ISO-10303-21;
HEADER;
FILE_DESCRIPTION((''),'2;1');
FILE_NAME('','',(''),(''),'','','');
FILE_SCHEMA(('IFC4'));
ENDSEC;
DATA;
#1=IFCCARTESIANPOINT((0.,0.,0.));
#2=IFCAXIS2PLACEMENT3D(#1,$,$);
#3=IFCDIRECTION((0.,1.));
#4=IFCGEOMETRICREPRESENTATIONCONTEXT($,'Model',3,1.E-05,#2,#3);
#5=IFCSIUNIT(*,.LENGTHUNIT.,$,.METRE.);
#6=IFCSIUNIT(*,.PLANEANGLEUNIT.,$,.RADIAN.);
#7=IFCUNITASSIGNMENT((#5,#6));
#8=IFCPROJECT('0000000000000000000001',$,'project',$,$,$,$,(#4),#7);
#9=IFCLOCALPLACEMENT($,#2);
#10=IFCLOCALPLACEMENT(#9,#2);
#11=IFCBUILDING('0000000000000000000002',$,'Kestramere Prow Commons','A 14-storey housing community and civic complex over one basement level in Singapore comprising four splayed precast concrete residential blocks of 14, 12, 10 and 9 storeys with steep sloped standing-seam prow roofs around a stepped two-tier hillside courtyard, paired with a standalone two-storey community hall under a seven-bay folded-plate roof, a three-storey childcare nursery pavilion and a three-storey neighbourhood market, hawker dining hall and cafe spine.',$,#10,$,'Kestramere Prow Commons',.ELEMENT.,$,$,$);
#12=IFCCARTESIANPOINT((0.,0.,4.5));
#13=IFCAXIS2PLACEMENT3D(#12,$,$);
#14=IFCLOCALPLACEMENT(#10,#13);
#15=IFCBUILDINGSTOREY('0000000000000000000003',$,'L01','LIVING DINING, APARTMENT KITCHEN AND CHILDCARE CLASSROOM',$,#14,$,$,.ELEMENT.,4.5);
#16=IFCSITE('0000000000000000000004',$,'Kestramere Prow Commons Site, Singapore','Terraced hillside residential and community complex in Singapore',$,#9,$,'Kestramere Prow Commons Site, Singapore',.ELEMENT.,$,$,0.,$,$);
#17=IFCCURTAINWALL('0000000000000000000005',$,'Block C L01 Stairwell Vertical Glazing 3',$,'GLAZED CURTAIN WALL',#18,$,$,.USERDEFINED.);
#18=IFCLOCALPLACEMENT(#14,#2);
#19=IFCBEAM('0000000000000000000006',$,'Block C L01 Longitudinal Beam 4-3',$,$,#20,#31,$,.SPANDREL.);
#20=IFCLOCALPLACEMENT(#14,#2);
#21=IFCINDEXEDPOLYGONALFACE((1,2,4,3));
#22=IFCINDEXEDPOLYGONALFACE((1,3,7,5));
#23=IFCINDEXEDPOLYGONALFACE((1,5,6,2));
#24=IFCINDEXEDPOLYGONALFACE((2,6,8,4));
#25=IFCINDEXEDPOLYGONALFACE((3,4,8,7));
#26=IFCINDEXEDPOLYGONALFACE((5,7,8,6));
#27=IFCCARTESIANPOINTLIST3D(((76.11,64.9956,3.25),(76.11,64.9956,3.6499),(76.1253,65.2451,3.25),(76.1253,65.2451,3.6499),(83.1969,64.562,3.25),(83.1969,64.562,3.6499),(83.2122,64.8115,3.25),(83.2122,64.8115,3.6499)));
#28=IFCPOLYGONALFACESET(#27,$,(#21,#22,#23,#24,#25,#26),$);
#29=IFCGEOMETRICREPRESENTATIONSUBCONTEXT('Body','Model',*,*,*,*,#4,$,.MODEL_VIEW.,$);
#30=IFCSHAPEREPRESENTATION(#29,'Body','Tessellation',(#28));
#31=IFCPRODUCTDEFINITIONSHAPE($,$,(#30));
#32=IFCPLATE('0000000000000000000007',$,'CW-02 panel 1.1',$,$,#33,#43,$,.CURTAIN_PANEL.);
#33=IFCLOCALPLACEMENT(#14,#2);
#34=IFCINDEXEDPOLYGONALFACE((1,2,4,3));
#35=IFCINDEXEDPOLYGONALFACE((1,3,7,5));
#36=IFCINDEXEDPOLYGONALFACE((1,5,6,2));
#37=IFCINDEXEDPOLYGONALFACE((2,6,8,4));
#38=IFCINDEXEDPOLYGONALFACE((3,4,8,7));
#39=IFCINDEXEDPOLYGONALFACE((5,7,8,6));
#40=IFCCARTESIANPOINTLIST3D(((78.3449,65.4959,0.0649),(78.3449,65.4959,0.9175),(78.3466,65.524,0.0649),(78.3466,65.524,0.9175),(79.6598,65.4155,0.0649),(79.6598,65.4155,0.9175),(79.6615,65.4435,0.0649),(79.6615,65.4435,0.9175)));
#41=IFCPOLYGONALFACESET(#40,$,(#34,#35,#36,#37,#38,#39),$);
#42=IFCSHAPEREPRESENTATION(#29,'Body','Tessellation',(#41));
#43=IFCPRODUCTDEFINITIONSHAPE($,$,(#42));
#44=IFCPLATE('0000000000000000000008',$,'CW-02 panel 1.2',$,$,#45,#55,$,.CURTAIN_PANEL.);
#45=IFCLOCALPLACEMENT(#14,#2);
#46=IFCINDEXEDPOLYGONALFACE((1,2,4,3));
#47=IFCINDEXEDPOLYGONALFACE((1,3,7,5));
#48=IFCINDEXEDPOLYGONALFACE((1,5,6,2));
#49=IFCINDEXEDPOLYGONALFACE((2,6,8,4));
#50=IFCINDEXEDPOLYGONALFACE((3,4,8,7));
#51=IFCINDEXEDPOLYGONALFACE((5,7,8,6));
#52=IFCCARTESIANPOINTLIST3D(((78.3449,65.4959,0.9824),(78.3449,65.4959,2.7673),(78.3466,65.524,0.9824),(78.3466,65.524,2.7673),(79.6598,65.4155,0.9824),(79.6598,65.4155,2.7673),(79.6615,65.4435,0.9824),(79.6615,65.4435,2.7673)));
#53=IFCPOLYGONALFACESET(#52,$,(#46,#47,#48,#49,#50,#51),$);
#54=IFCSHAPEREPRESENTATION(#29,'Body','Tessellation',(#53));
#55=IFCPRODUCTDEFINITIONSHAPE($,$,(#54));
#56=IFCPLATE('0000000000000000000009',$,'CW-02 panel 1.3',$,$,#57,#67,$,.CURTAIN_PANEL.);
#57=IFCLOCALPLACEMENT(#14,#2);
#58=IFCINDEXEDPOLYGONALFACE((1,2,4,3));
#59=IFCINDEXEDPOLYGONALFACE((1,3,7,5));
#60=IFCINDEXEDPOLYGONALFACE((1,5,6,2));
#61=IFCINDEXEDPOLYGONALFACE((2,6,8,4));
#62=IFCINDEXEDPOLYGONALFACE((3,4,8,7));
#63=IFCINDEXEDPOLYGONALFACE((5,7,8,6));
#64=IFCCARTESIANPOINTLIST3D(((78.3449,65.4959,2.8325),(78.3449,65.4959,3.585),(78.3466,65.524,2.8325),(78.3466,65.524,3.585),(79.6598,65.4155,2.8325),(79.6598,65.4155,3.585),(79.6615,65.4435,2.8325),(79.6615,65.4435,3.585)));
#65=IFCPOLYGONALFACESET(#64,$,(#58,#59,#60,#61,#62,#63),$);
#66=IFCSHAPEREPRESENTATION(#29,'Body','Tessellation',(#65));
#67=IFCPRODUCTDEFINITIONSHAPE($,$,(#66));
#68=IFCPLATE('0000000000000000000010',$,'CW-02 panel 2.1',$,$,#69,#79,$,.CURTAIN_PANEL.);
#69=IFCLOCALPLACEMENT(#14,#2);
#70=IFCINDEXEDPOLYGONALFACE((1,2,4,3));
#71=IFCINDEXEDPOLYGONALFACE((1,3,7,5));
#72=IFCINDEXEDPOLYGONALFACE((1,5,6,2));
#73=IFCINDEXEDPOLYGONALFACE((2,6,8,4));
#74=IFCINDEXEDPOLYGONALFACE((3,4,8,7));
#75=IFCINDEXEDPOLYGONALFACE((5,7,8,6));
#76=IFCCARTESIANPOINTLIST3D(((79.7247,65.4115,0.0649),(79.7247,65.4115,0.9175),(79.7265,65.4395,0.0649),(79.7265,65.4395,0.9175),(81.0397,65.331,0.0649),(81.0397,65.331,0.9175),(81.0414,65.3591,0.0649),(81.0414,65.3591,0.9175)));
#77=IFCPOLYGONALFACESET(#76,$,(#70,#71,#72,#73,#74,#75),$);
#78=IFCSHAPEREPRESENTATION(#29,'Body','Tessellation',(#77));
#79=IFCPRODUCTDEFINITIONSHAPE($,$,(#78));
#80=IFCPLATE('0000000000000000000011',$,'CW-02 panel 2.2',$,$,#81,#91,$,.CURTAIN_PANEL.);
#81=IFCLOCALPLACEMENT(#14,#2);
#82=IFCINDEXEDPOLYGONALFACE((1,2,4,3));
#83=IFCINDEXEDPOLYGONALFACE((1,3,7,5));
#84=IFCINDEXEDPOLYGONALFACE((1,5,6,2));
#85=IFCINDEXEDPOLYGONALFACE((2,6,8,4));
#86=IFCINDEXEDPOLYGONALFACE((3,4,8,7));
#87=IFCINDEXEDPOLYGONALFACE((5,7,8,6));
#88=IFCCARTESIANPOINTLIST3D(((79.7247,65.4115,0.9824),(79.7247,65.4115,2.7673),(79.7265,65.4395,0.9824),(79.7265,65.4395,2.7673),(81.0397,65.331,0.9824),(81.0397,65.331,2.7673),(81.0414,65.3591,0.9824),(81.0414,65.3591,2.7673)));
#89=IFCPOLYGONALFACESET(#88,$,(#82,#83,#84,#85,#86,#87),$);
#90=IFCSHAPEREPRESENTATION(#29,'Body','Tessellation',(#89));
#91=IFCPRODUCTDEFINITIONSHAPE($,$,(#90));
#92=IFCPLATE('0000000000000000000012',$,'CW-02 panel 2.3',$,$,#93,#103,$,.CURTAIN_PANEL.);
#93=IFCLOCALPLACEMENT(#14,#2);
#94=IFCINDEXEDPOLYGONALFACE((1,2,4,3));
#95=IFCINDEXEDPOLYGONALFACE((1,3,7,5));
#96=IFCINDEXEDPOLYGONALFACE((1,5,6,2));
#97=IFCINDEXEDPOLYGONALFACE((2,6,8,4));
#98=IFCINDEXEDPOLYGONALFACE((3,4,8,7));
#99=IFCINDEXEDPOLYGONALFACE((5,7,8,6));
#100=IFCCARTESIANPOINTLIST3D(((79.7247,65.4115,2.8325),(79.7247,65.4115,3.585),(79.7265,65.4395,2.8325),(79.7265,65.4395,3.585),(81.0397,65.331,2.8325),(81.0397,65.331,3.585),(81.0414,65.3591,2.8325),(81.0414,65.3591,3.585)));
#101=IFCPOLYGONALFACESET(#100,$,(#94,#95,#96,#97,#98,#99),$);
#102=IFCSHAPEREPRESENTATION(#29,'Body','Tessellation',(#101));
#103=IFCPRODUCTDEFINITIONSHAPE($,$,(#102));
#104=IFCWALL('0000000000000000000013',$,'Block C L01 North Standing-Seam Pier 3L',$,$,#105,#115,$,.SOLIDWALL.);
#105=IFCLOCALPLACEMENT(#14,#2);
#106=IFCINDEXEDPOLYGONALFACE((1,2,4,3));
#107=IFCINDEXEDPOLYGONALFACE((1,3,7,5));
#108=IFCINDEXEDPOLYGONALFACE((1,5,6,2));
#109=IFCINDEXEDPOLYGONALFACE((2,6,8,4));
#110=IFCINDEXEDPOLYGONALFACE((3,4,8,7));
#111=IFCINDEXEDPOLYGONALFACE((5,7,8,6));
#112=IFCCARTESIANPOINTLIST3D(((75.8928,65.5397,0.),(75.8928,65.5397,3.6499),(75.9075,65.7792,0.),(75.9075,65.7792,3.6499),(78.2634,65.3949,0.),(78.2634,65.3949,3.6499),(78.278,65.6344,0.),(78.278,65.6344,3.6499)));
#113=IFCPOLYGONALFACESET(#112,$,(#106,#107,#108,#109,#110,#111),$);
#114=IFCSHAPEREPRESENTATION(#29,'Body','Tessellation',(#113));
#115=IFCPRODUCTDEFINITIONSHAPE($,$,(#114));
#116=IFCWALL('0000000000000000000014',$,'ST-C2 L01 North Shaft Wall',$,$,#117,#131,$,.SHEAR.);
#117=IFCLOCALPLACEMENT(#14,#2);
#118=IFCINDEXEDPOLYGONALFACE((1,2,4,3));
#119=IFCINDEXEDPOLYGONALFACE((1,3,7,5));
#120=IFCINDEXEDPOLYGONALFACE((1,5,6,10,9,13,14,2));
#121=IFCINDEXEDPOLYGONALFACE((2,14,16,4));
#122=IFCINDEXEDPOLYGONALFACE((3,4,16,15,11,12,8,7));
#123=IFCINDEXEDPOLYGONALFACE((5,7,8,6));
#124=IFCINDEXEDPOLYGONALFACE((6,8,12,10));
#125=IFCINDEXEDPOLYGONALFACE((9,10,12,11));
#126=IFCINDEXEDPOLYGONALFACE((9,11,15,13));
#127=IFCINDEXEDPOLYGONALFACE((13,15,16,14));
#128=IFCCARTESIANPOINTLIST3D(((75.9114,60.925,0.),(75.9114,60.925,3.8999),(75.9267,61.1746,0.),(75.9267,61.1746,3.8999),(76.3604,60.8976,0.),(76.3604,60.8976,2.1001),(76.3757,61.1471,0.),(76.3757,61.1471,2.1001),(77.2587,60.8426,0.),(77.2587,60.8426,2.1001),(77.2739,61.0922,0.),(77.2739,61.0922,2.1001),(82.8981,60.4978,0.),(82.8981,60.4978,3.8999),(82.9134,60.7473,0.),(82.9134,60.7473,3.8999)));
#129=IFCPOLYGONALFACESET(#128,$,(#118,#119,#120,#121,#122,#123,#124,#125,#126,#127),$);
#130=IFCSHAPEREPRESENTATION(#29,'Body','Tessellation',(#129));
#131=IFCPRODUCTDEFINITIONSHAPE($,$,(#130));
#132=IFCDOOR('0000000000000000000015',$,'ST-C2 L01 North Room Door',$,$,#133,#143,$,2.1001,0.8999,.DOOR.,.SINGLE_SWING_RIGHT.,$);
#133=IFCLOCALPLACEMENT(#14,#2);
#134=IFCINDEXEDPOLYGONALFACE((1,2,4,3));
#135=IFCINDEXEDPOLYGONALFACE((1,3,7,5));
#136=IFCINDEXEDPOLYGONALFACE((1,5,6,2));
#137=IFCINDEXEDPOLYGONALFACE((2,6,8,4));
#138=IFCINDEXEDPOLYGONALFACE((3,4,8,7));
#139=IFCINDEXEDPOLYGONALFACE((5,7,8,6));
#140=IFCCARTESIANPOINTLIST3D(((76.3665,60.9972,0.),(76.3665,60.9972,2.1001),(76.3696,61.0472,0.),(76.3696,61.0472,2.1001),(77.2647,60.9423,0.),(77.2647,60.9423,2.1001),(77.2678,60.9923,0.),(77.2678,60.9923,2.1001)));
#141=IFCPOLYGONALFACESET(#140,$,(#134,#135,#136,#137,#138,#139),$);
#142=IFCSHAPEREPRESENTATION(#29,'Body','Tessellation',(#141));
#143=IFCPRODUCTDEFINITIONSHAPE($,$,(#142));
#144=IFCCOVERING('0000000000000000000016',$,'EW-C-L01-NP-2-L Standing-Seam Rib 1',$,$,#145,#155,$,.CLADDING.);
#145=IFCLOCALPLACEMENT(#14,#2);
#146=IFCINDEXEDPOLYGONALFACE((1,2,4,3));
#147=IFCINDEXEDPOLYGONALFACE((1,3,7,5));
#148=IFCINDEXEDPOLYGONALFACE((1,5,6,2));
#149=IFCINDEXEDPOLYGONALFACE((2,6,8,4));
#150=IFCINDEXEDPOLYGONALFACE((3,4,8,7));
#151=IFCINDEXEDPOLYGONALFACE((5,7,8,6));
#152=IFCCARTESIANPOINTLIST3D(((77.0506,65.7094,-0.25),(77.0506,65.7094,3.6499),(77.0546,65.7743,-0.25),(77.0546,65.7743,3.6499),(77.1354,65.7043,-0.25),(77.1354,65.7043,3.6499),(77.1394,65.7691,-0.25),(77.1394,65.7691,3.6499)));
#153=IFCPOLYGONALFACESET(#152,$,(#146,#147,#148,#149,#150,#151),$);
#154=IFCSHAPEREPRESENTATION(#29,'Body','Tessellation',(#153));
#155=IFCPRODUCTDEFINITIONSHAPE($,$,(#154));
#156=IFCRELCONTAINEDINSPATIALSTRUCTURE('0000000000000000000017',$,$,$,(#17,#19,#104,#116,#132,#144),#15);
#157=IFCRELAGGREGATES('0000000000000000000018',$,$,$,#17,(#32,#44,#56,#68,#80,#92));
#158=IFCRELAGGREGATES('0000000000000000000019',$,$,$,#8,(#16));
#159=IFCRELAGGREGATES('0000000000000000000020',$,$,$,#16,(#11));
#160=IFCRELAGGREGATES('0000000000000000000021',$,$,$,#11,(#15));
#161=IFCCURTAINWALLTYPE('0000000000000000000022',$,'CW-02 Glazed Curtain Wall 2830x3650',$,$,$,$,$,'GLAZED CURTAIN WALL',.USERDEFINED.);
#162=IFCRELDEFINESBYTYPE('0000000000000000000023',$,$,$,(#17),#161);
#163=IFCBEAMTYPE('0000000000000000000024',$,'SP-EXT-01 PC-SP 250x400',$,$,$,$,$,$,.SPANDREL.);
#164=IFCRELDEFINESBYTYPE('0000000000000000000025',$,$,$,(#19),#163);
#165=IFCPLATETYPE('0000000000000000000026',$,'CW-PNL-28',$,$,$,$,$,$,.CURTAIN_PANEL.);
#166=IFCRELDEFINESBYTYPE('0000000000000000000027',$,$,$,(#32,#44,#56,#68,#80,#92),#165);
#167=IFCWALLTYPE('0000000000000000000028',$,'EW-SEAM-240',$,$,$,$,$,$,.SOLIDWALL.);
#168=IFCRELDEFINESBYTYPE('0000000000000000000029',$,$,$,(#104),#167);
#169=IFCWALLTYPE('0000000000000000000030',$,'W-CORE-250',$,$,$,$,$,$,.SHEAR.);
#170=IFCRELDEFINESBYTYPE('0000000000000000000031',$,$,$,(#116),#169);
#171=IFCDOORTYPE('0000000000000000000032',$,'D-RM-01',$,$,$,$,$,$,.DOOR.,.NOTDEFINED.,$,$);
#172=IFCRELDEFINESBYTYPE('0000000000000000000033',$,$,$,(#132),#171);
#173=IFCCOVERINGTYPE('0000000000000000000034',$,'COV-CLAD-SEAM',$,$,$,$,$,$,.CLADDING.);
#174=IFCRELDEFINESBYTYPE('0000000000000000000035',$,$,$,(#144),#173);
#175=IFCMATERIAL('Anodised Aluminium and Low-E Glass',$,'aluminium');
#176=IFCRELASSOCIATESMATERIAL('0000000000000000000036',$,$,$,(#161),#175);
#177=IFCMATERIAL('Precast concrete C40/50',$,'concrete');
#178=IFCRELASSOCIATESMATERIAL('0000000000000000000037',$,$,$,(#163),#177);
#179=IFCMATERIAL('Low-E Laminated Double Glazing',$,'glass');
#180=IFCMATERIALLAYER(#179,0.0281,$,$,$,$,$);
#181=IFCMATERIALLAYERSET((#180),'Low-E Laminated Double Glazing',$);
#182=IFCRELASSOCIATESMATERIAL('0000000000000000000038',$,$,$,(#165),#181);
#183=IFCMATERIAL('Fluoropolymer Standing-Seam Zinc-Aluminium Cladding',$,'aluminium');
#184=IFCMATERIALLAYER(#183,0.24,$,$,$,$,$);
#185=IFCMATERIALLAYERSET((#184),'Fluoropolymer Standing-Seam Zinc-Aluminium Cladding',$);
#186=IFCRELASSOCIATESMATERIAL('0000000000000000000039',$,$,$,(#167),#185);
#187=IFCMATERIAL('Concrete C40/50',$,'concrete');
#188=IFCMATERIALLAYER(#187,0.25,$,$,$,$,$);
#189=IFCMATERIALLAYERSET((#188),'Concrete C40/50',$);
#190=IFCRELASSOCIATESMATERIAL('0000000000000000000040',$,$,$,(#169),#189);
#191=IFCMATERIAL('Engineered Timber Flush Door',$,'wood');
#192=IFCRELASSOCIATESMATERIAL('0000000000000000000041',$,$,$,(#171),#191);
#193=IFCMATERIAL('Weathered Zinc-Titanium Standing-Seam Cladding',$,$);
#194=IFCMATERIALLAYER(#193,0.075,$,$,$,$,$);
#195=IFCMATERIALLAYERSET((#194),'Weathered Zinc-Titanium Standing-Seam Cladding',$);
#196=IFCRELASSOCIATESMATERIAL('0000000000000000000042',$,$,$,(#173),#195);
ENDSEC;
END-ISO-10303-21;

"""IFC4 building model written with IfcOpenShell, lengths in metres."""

from ifc_helpers import new_model, si_unit, direction, frame, frame_2d, origin, origin_2d, place, context, subcontext, project, spatial, rectangle, extrude, material, layer, layer_set, material_profile, profile_set, type_object, element, fill, aggregate, save


model = new_model("IFC4")

# Units and contexts
model_context = context("Model", 3, precision=1e-05, world=origin(), true_north=direction((0.0, 1.0)))
body_context = subcontext(model_context, "Body", "Model", "MODEL_VIEW")
ifc_project = project(units=[si_unit("LENGTHUNIT", "METRE"), si_unit("PLANEANGLEUNIT", "RADIAN")], contexts=[model_context])

# Site, building, storey
site_placement = place(None, origin())
site = spatial("IfcSite", under=ifc_project, at=site_placement, Name="Kestramere Prow Commons Site, Singapore", Description="Terraced hillside residential and community complex in Singapore", LongName="Kestramere Prow Commons Site, Singapore", CompositionType="ELEMENT", RefElevation=0.0)
building_placement = place(site_placement, origin())
building = spatial("IfcBuilding", under=site, at=building_placement, Name="Kestramere Prow Commons", Description="A 14-storey housing community and civic complex over one basement level in Singapore comprising four splayed precast concrete residential blocks of 14, 12, 10 and 9 storeys with steep sloped standing-seam prow roofs around a stepped two-tier hillside courtyard, paired with a standalone two-storey community hall under a seven-bay folded-plate roof, a three-storey childcare nursery pavilion and a three-storey neighbourhood market, hawker dining hall and cafe spine.", LongName="Kestramere Prow Commons", CompositionType="ELEMENT")
storey_placement = place(building_placement, frame((0.0, 0.0, 4.5)))
storey = spatial("IfcBuildingStorey", under=building, at=storey_placement, Name="L01", Description="LIVING DINING, APARTMENT KITCHEN AND CHILDCARE CLASSROOM", CompositionType="ELEMENT", Elevation=4.5)

# Shared definitions
ifc_material_1 = material(Name="Precast concrete C40/50", Category="concrete")

# Curtain wall
ifc_material_2 = material(Name="Anodised Aluminium and Low-E Glass", Category="aluminium")
curtain_wall_type = type_object("IfcCurtainWallType", Name="CW-02 Glazed Curtain Wall 2830x3650", ElementType="GLAZED CURTAIN WALL", PredefinedType="USERDEFINED", material=ifc_material_2)
curtain_wall_placement = place(storey_placement, origin())
curtain_wall = element("IfcCurtainWall", 1, at=curtain_wall_placement, inside=storey, type_object=curtain_wall_type, Name="Block C L01 Stairwell Vertical Glazing 3", ObjectType="GLAZED CURTAIN WALL", PredefinedType="USERDEFINED")

# Beam
ifc_material_profile_1 = material_profile(ifc_material_1, rectangle(XDim=0.25, YDim=0.3999, at=origin_2d()), Name="PC-SP 250x400")
ifc_profile_set_1 = profile_set([ifc_material_profile_1], Name="Precast concrete C40/50")
beam_type = type_object("IfcBeamType", Name="SP-EXT-01 PC-SP 250x400", PredefinedType="SPANDREL", material=ifc_profile_set_1)
beam_placement = place(storey_placement, frame((76.1177, 65.1204, 3.45), z_axis=(0.998134, -0.061068, 0.0), x_axis=(0.061068, 0.998134, 0.0)))
element("IfcBeam", 2, at=beam_placement, inside=storey, type_object=beam_type, Name="Block C L01 Longitudinal Beam 4-3", PredefinedType="SPANDREL", context=body_context, shape_type="SweptSolid", body=[
    extrude(rectangle(XDim=0.25, YDim=0.3999, at=origin_2d()), origin(), (0.0, 0.0, 1.0), 7.1001),
])

# Plates
ifc_material_3 = material(Name="Low-E Laminated Double Glazing", Category="glass")
ifc_layer_1 = layer(ifc_material_3, 0.0281)
ifc_layer_set_1 = layer_set([ifc_layer_1], Name="Low-E Laminated Double Glazing")
plate_type = type_object("IfcPlateType", Name="CW-PNL-28", PredefinedType="CURTAIN_PANEL", material=ifc_layer_set_1)
plate_1_placement = place(storey_placement, frame((79.0032, 65.4697, 0.0649), z_axis=(0.0, 0.0, 1.0), x_axis=(0.998135, -0.061048, 0.0)))
plate_1 = element("IfcPlate", 3, at=plate_1_placement, type_object=plate_type, Name="CW-02 panel 1.1", PredefinedType="CURTAIN_PANEL", context=body_context, shape_type="SweptSolid", body=[
    extrude(rectangle(XDim=1.3174, YDim=0.0281, at=origin_2d()), origin(), (0.0, 0.0, 1.0), 0.8525),
])
plate_2_placement = place(storey_placement, frame((79.0032, 65.4697, 0.9824), z_axis=(0.0, 0.0, 1.0), x_axis=(0.998135, -0.061048, 0.0)))
plate_2 = element("IfcPlate", 4, at=plate_2_placement, type_object=plate_type, Name="CW-02 panel 1.2", PredefinedType="CURTAIN_PANEL", context=body_context, shape_type="SweptSolid", body=[
    extrude(rectangle(XDim=1.3174, YDim=0.0281, at=origin_2d()), origin(), (0.0, 0.0, 1.0), 1.7849),
])
plate_3_placement = place(storey_placement, frame((79.0032, 65.4697, 2.8325), z_axis=(0.0, 0.0, 1.0), x_axis=(0.998135, -0.061048, 0.0)))
plate_3 = element("IfcPlate", 5, at=plate_3_placement, type_object=plate_type, Name="CW-02 panel 1.3", PredefinedType="CURTAIN_PANEL", context=body_context, shape_type="SweptSolid", body=[
    extrude(rectangle(XDim=1.3174, YDim=0.0281, at=origin_2d()), origin(), (0.0, 0.0, 1.0), 0.7524),
])
plate_4_placement = place(storey_placement, frame((80.3831, 65.3853, 0.0649), z_axis=(0.0, 0.0, 1.0), x_axis=(0.998135, -0.061048, 0.0)))
plate_4 = element("IfcPlate", 6, at=plate_4_placement, type_object=plate_type, Name="CW-02 panel 2.1", PredefinedType="CURTAIN_PANEL", context=body_context, shape_type="SweptSolid", body=[
    extrude(rectangle(XDim=1.3174, YDim=0.0281, at=origin_2d()), origin(), (0.0, 0.0, 1.0), 0.8525),
])
plate_5_placement = place(storey_placement, frame((80.3831, 65.3853, 0.9824), z_axis=(0.0, 0.0, 1.0), x_axis=(0.998135, -0.061048, 0.0)))
plate_5 = element("IfcPlate", 7, at=plate_5_placement, type_object=plate_type, Name="CW-02 panel 2.2", PredefinedType="CURTAIN_PANEL", context=body_context, shape_type="SweptSolid", body=[
    extrude(rectangle(XDim=1.3174, YDim=0.0281, at=origin_2d()), origin(), (0.0, 0.0, 1.0), 1.7849),
])
plate_6_placement = place(storey_placement, frame((80.3831, 65.3853, 2.8325), z_axis=(0.0, 0.0, 1.0), x_axis=(0.998135, -0.061048, 0.0)))
plate_6 = element("IfcPlate", 8, at=plate_6_placement, type_object=plate_type, Name="CW-02 panel 2.3", PredefinedType="CURTAIN_PANEL", context=body_context, shape_type="SweptSolid", body=[
    extrude(rectangle(XDim=1.3174, YDim=0.0281, at=origin_2d()), origin(), (0.0, 0.0, 1.0), 0.7524),
])
aggregate(curtain_wall, [plate_1, plate_2, plate_3, plate_4, plate_5, plate_6])

# Wall
ifc_material_4 = material(Name="Fluoropolymer Standing-Seam Zinc-Aluminium Cladding", Category="aluminium")
ifc_layer_2 = layer(ifc_material_4, 0.24)
ifc_layer_set_2 = layer_set([ifc_layer_2], Name="Fluoropolymer Standing-Seam Zinc-Aluminium Cladding")
wall_type_1 = type_object("IfcWallType", Name="EW-SEAM-240", PredefinedType="SOLIDWALL", material=ifc_layer_set_2)
wall_1_placement = place(storey_placement, frame((75.9001, 65.6594, 0.0), z_axis=(0.0, 0.0, 1.0), x_axis=(0.99814, -0.060957, 0.0)))
element("IfcWall", 9, at=wall_1_placement, inside=storey, type_object=wall_type_1, Name="Block C L01 North Standing-Seam Pier 3L", PredefinedType="SOLIDWALL", context=body_context, shape_type="SweptSolid", body=[
    extrude(rectangle(XDim=2.375, YDim=0.24, at=frame_2d((1.1875, 0.0))), origin(), (0.0, 0.0, 1.0), 3.6499),
])

# Wall, opening, door
ifc_material_5 = material(Name="Concrete C40/50", Category="concrete")
ifc_layer_3 = layer(ifc_material_5, 0.25)
ifc_layer_set_3 = layer_set([ifc_layer_3], Name="Concrete C40/50")
wall_type_2 = type_object("IfcWallType", Name="W-CORE-250", PredefinedType="SHEAR", material=ifc_layer_set_3)
wall_2_placement = place(storey_placement, frame((75.9189, 61.0498, 0.0), z_axis=(0.0, 0.0, 1.0), x_axis=(0.998136, -0.061036, 0.0)))
wall_2 = element("IfcWall", 10, at=wall_2_placement, inside=storey, type_object=wall_type_2, Name="ST-C2 L01 North Shaft Wall", PredefinedType="SHEAR", context=body_context, shape_type="SweptSolid", body=[
    extrude(rectangle(XDim=6.9998, YDim=0.25, at=frame_2d((3.5, 0.0))), origin(), (0.0, 0.0, 1.0), 3.8999),
])
opening_placement = place(wall_2_placement, frame((0.45, 0.0, 0.0)))
opening = element("IfcOpeningElement", 11, at=opening_placement, cuts=wall_2, PredefinedType="OPENING", context=body_context, shape_type="SweptSolid", body=[
    extrude(rectangle(XDim=0.8999, YDim=2.1001, at=frame_2d((0.45, 1.05))), frame((0.0, 0.1399, 0.0), z_axis=(0.0, -1.0, 0.0), x_axis=(1.0, 0.0, 0.0)), (0.0, 0.0, 1.0), 0.28),
])
ifc_material_6 = material(Name="Engineered Timber Flush Door", Category="wood")
door_type = type_object("IfcDoorType", Name="D-RM-01", OperationType="NOTDEFINED", PredefinedType="DOOR", material=ifc_material_6)
door_placement = place(opening_placement, origin())
door = element("IfcDoor", 12, at=door_placement, inside=storey, type_object=door_type, Name="ST-C2 L01 North Room Door", OperationType="SINGLE_SWING_RIGHT", OverallHeight=2.1001, OverallWidth=0.8999, PredefinedType="DOOR", context=body_context, shape_type="SweptSolid", body=[
    extrude(rectangle(XDim=0.8999, YDim=2.1001, at=frame_2d((0.45, 1.05))), frame((0.0, 0.0249, 0.0), z_axis=(0.0, -1.0, 0.0), x_axis=(1.0, 0.0, 0.0)), (0.0, 0.0, 1.0), 0.05),
])
fill(opening, door)

# Covering
ifc_material_7 = material(Name="Weathered Zinc-Titanium Standing-Seam Cladding")
ifc_layer_4 = layer(ifc_material_7, 0.075)
ifc_layer_set_4 = layer_set([ifc_layer_4], Name="Weathered Zinc-Titanium Standing-Seam Cladding")
covering_type = type_object("IfcCoveringType", Name="COV-CLAD-SEAM", PredefinedType="CLADDING", material=ifc_layer_set_4)
covering_placement = place(storey_placement, frame((77.095, 65.7393, -0.25), z_axis=(0.0, 0.0, 1.0), x_axis=(0.998135, -0.061049, 0.0)))
element("IfcCovering", 13, at=covering_placement, inside=storey, type_object=covering_type, Name="EW-C-L01-NP-2-L Standing-Seam Rib 1", PredefinedType="CLADDING", context=body_context, shape_type="SweptSolid", body=[
    extrude(rectangle(XDim=0.085, YDim=0.0649, at=origin_2d()), origin(), (0.0, 0.0, 1.0), 3.8999),
])

save(model, "model.ifc")
